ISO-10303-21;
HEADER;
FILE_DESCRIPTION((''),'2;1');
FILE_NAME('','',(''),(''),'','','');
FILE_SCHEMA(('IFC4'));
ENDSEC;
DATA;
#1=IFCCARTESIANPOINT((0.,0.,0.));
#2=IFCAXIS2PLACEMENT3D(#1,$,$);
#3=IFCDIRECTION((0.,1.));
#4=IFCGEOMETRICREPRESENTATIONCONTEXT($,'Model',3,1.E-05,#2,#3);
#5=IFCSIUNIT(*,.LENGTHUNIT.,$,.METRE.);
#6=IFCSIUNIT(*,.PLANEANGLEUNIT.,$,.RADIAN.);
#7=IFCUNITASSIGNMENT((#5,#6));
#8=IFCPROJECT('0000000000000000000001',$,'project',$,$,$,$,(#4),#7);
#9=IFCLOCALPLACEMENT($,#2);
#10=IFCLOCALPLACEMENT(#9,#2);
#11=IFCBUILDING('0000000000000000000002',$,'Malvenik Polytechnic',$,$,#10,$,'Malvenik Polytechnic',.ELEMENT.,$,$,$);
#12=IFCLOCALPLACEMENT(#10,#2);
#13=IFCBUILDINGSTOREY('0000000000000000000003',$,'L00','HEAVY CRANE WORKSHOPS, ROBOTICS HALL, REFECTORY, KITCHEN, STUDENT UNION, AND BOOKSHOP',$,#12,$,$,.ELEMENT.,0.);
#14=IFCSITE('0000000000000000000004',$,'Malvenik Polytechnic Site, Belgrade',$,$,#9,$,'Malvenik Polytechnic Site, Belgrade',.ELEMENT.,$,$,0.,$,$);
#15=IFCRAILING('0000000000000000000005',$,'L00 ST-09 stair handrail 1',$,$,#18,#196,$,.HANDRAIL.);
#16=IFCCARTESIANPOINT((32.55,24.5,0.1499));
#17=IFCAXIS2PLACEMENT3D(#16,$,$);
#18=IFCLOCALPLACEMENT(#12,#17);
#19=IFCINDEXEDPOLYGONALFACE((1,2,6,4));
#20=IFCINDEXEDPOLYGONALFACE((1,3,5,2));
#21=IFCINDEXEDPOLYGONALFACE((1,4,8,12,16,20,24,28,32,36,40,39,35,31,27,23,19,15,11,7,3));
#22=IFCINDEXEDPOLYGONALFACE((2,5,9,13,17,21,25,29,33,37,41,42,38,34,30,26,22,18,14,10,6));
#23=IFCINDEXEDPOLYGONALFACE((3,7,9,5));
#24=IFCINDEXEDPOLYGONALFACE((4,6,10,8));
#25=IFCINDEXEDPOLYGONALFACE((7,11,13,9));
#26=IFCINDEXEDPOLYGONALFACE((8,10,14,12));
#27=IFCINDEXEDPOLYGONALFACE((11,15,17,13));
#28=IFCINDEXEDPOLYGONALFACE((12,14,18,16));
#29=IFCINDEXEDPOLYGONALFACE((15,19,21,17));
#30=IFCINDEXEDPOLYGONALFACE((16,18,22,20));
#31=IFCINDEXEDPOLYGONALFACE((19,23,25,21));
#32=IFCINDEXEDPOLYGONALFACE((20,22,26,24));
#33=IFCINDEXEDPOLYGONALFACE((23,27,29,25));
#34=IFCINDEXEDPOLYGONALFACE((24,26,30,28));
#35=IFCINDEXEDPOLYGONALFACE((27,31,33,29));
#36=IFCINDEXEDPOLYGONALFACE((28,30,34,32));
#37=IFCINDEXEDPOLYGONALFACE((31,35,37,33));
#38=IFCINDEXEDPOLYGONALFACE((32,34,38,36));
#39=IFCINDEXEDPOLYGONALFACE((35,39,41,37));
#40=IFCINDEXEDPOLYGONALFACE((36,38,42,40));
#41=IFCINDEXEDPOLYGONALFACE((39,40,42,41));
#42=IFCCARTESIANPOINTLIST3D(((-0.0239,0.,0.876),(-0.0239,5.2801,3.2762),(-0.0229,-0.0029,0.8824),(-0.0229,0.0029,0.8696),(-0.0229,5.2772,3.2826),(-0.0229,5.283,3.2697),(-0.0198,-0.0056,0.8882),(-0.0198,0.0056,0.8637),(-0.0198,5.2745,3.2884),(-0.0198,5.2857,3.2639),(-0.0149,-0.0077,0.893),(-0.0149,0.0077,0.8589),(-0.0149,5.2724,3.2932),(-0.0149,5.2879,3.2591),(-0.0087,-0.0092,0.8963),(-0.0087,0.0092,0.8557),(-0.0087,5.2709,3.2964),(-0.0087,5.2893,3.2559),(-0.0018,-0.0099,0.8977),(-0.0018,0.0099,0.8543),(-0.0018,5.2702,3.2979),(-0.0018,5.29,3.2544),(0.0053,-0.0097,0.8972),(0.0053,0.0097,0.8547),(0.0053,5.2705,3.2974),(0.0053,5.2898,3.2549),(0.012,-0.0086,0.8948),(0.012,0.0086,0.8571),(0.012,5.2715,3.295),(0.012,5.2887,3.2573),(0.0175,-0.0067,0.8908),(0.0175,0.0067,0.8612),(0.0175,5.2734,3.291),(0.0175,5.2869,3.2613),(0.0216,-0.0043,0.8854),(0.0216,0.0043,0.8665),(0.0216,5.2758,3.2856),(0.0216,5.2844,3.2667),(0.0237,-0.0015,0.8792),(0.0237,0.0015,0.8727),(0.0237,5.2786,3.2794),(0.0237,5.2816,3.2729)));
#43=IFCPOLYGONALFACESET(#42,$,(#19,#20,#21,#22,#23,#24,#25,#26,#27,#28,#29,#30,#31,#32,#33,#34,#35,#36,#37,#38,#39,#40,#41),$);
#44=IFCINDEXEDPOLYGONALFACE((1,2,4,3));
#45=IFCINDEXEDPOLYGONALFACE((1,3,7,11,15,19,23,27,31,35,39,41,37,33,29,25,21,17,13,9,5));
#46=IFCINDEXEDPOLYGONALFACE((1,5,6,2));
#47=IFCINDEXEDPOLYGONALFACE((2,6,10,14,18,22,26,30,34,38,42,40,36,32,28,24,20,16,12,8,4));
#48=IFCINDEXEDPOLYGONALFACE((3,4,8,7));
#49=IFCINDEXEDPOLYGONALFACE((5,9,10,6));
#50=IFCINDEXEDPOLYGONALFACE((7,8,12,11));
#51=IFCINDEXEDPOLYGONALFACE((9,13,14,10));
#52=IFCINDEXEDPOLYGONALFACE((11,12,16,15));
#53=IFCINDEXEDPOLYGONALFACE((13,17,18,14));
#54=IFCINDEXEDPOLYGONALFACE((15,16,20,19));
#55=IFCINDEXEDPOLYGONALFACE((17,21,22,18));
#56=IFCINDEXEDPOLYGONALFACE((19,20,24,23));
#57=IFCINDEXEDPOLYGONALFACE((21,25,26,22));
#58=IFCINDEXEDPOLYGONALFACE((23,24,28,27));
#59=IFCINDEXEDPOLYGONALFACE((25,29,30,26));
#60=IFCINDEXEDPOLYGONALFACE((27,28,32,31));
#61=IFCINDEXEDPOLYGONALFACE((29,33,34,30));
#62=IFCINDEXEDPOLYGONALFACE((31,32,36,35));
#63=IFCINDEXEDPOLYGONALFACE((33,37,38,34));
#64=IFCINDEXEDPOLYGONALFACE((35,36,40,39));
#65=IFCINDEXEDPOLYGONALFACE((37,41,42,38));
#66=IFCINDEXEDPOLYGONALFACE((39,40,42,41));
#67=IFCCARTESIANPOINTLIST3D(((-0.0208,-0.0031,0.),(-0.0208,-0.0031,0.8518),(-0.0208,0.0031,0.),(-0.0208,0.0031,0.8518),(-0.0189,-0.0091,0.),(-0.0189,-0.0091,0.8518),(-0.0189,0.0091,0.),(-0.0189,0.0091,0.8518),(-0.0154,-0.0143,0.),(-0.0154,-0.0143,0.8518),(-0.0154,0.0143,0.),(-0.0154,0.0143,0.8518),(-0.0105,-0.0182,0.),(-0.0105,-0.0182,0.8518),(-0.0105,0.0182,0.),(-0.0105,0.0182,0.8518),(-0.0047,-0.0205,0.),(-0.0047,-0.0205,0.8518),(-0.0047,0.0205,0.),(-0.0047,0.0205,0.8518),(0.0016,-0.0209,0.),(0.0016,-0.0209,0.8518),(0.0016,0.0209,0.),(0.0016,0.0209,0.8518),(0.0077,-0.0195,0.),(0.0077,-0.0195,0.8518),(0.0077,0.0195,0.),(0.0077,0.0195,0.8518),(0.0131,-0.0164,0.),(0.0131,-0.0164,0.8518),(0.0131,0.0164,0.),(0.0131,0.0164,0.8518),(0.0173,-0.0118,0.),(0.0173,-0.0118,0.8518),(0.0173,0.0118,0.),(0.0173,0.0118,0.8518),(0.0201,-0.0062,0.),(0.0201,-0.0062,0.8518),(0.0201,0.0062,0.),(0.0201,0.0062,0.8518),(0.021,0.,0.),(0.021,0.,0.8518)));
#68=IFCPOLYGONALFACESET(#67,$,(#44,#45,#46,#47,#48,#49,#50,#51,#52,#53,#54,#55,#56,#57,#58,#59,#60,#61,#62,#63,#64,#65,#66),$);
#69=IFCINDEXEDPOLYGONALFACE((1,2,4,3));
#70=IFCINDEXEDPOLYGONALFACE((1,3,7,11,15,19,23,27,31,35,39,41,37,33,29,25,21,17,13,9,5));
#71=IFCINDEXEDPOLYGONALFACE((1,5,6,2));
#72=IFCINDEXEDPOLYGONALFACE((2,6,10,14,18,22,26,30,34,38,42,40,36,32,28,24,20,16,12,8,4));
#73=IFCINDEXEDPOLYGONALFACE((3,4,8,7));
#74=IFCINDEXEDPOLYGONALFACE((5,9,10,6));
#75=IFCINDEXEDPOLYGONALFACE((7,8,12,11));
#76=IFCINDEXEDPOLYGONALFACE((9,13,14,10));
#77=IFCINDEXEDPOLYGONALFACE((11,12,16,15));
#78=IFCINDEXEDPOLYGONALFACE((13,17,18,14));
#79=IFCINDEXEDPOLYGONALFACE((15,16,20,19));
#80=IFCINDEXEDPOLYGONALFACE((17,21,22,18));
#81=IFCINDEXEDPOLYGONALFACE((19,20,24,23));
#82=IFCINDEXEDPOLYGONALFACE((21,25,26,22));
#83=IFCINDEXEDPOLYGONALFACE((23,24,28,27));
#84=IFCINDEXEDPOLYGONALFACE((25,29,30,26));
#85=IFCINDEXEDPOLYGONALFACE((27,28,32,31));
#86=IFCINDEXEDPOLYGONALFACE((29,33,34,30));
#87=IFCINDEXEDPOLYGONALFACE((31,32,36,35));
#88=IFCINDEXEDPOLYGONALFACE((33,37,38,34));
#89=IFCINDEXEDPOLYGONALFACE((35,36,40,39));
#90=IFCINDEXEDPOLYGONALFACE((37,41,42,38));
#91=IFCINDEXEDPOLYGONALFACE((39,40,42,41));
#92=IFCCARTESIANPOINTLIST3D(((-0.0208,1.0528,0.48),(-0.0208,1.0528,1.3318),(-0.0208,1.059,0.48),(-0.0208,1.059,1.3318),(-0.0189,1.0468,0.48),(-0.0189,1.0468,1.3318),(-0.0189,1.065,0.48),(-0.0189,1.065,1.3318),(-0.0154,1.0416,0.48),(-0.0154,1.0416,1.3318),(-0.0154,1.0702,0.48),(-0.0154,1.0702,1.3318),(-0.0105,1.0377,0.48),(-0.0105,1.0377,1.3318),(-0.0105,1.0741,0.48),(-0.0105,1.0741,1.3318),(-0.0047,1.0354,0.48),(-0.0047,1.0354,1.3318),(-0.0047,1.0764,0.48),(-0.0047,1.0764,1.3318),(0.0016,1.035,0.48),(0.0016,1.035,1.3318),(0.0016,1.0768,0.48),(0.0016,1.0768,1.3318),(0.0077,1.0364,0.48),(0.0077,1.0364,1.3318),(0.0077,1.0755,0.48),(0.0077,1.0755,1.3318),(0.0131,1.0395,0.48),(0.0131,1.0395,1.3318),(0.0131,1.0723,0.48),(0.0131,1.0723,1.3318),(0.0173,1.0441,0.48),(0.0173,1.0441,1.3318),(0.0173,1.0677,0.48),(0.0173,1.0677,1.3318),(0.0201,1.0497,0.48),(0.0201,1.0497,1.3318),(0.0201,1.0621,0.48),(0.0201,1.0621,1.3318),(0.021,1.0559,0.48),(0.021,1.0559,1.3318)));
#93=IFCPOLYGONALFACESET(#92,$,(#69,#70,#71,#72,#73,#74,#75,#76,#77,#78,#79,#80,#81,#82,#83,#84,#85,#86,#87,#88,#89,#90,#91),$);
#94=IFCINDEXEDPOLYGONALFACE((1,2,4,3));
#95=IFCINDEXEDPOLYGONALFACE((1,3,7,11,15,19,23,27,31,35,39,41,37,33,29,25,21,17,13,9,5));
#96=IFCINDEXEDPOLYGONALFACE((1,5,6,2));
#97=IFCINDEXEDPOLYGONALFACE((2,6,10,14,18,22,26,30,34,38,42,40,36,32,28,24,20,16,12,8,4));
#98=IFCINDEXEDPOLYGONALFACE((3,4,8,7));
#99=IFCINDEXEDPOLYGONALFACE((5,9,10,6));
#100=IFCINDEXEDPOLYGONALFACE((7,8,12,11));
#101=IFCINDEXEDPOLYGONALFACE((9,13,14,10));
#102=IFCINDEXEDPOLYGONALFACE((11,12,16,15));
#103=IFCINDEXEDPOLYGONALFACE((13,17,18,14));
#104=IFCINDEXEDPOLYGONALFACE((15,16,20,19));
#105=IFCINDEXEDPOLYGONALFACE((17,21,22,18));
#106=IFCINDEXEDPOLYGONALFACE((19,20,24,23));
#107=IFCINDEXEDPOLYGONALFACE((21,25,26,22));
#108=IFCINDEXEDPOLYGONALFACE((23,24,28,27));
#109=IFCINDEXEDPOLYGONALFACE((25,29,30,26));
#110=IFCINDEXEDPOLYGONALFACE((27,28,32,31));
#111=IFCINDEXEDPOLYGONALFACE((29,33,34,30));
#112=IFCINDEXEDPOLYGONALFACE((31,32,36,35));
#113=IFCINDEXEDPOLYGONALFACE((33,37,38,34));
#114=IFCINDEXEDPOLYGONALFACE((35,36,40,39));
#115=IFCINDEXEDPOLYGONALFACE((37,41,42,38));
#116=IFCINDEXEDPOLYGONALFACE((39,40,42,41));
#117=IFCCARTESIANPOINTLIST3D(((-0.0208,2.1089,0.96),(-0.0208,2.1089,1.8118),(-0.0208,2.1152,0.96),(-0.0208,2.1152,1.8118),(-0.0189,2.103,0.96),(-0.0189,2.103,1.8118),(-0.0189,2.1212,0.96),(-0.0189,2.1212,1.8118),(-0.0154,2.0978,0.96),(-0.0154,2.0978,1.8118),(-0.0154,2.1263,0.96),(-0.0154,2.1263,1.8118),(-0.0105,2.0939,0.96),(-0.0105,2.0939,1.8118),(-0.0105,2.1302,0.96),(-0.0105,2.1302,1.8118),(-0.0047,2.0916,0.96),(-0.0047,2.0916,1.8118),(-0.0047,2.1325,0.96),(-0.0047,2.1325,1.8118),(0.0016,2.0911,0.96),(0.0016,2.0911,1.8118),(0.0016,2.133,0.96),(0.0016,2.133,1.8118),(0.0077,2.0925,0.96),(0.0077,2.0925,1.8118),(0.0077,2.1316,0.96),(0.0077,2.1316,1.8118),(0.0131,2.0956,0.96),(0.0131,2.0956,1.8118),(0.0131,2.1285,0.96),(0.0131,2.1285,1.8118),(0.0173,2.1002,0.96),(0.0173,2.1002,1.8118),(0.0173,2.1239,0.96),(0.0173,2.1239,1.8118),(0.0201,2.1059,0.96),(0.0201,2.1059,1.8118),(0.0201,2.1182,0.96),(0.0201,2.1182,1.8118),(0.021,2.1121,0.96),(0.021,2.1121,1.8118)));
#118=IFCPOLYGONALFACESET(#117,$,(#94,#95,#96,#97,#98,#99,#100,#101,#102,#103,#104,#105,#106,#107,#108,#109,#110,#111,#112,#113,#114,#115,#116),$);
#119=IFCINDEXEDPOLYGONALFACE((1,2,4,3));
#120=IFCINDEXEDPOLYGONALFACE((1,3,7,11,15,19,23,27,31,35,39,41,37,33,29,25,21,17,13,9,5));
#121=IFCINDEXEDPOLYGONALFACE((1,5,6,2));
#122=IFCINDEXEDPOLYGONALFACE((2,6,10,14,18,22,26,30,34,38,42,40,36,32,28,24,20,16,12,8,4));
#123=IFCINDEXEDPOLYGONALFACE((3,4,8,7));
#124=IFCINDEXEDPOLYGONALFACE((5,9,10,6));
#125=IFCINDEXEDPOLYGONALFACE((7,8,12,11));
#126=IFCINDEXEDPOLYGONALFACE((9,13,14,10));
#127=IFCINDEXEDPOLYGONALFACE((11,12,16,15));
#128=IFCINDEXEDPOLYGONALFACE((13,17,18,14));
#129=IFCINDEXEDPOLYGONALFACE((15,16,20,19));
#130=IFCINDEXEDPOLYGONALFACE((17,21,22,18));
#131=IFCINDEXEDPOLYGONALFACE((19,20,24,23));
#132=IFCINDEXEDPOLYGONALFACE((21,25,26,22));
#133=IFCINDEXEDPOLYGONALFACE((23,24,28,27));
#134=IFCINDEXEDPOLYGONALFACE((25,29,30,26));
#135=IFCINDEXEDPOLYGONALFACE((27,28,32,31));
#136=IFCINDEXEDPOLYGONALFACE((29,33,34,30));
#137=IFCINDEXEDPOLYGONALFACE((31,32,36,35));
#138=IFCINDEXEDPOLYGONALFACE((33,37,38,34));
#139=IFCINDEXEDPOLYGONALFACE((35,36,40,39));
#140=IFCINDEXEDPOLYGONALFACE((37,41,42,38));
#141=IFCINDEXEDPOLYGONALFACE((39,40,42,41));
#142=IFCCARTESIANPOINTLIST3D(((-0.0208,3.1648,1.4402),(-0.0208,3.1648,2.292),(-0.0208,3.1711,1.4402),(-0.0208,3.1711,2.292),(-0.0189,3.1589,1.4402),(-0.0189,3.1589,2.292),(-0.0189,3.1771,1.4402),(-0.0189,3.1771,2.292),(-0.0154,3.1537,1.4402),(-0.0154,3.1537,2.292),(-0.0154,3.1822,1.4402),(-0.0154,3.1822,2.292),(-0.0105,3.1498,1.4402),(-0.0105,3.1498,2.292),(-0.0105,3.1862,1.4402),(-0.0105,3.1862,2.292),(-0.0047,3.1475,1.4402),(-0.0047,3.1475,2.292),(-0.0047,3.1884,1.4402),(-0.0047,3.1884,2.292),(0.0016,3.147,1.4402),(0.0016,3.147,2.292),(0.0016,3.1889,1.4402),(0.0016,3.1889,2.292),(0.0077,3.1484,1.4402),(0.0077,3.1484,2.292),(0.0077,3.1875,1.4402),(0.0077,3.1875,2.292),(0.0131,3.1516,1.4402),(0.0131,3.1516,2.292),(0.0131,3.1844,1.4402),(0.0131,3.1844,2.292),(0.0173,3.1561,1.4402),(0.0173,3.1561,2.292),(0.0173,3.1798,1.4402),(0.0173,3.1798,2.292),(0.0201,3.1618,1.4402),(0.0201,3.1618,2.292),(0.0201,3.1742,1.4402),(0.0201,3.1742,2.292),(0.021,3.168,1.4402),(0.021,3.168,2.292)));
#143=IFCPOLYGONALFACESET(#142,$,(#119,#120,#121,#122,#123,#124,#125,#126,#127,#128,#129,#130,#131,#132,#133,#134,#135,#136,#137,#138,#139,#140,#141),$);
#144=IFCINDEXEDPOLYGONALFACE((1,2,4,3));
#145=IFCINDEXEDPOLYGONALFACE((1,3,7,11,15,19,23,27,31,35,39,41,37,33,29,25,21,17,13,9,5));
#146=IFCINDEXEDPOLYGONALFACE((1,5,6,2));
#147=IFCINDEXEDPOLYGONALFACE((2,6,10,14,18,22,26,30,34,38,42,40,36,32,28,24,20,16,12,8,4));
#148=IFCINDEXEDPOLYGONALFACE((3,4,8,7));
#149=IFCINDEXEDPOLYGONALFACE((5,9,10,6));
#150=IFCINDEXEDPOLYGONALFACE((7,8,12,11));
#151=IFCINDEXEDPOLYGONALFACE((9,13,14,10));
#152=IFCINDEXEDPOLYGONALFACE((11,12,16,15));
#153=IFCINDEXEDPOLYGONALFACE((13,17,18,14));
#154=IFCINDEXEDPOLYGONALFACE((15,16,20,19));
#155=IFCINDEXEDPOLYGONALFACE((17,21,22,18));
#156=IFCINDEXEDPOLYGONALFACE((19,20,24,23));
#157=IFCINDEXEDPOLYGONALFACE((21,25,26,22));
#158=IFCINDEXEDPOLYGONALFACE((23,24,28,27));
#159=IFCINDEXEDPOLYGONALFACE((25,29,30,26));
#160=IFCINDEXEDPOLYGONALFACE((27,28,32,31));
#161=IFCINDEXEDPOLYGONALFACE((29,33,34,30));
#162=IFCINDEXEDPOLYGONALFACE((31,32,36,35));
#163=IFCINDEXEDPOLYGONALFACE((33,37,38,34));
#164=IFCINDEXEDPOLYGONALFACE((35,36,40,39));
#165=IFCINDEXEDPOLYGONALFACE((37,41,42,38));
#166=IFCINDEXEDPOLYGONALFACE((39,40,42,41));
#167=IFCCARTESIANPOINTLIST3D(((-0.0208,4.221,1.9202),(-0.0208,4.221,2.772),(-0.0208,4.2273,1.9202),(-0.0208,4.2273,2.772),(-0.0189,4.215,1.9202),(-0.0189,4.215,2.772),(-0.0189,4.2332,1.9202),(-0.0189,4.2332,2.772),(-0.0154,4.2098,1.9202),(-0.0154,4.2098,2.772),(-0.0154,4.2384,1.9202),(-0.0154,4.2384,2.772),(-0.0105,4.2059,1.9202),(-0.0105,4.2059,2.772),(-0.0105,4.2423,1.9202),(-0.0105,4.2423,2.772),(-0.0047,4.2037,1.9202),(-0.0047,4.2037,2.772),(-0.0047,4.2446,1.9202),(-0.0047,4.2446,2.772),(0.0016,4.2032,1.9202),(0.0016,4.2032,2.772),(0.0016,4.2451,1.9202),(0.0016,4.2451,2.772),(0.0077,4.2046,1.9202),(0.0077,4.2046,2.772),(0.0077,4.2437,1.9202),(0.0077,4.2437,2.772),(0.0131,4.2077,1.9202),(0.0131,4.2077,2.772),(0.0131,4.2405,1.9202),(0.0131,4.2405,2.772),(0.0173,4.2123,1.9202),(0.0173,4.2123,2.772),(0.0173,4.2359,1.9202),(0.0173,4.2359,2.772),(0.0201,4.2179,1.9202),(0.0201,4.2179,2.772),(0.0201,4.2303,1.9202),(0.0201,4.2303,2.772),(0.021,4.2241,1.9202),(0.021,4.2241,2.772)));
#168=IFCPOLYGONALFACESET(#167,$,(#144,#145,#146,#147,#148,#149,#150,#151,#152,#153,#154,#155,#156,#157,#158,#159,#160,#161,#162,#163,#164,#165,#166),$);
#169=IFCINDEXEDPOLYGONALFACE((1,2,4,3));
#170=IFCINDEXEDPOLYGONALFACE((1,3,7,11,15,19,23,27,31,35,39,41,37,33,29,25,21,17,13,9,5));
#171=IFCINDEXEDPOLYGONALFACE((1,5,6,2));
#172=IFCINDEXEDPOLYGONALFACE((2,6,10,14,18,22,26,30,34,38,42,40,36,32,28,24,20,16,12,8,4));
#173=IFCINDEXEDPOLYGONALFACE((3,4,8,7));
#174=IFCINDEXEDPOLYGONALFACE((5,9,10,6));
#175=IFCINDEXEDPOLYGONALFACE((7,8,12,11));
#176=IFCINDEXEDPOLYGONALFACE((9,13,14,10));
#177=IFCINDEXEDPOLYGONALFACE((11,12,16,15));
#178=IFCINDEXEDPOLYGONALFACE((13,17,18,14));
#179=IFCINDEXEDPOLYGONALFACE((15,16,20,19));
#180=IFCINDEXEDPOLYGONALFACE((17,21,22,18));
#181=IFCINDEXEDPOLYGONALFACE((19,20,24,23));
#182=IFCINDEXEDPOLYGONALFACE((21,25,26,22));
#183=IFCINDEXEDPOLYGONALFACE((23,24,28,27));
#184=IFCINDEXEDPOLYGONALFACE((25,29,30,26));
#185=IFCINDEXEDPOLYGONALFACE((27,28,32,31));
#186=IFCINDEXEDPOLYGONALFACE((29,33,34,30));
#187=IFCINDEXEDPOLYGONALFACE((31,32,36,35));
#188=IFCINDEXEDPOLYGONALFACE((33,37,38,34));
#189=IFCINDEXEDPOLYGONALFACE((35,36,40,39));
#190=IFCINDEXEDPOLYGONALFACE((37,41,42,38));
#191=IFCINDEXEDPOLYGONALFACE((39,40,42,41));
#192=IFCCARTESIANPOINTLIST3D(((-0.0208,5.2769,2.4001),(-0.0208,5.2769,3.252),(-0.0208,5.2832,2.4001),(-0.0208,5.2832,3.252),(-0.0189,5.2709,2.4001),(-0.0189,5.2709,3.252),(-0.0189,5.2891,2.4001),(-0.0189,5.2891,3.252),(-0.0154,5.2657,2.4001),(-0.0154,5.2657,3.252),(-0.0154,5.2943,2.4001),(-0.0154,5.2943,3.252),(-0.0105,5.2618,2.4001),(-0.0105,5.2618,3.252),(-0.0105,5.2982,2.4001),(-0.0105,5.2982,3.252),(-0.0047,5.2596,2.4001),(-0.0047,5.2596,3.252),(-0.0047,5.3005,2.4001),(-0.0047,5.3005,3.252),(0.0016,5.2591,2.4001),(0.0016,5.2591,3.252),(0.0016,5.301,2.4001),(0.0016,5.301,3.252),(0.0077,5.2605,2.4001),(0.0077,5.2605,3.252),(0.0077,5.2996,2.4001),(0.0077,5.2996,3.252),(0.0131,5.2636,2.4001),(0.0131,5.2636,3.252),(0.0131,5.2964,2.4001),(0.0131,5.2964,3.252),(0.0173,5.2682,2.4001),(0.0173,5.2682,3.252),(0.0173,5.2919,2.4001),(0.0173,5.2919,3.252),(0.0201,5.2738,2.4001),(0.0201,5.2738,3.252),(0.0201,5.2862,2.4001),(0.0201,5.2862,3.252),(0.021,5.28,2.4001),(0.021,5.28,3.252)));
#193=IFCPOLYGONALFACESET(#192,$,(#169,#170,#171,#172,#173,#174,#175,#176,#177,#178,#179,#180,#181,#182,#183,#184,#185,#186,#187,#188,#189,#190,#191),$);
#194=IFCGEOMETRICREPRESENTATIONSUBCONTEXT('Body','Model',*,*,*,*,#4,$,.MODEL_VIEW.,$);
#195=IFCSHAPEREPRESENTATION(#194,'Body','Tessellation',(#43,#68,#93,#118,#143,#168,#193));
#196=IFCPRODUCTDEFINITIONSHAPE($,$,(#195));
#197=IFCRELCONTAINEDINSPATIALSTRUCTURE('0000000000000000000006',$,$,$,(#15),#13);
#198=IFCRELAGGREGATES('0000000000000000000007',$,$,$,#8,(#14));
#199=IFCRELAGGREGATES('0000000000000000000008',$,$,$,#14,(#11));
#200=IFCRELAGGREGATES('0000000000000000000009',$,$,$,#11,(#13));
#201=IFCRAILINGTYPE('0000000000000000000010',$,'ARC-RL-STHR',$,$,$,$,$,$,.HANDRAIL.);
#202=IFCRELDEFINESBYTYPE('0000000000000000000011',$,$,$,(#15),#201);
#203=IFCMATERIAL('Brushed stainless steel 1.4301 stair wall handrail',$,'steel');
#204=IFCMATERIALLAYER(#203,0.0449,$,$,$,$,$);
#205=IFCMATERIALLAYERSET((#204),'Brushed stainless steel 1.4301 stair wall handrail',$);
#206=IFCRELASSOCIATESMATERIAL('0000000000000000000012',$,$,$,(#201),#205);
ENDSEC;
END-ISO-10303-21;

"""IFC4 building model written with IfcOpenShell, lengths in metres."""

from ifc_helpers import new_model, si_unit, direction, frame, origin, origin_2d, place, context, subcontext, project, spatial, circle, extrude, material, layer, layer_set, type_object, element, save


model = new_model("IFC4")

# Units and contexts
model_context = context("Model", 3, precision=1e-05, world=origin(), true_north=direction((0.0, 1.0)))
body_context = subcontext(model_context, "Body", "Model", "MODEL_VIEW")
ifc_project = project(units=[si_unit("LENGTHUNIT", "METRE"), si_unit("PLANEANGLEUNIT", "RADIAN")], contexts=[model_context])

# Site, building, storey
site_placement = place(None, origin())
site = spatial("IfcSite", under=ifc_project, at=site_placement, Name="Malvenik Polytechnic Site, Belgrade", LongName="Malvenik Polytechnic Site, Belgrade", CompositionType="ELEMENT", RefElevation=0.0)
building_placement = place(site_placement, origin())
building = spatial("IfcBuilding", under=site, at=building_placement, Name="Malvenik Polytechnic", LongName="Malvenik Polytechnic", CompositionType="ELEMENT")
storey_placement = place(building_placement, origin())
storey = spatial("IfcBuildingStorey", under=building, at=storey_placement, Name="L00", Description="HEAVY CRANE WORKSHOPS, ROBOTICS HALL, REFECTORY, KITCHEN, STUDENT UNION, AND BOOKSHOP", CompositionType="ELEMENT", Elevation=0.0)

# Railing
ifc_material_1 = material(Name="Brushed stainless steel 1.4301 stair wall handrail", Category="steel")
ifc_layer_1 = layer(ifc_material_1, 0.0449)
ifc_layer_set_1 = layer_set([ifc_layer_1], Name="Brushed stainless steel 1.4301 stair wall handrail")
railing_type_1 = type_object("IfcRailingType", Name="ARC-RL-STHR", PredefinedType="HANDRAIL", material=ifc_layer_set_1)
railing_1_placement = place(storey_placement, frame((32.55, 24.5, 0.1499)))
element("IfcRailing", 1, at=railing_1_placement, inside=storey, type_object=railing_type_1, Name="L00 ST-09 stair handrail 1", PredefinedType="HANDRAIL", context=body_context, shape_type="SweptSolid", body=[
    extrude(circle(Radius=0.0239, at=origin_2d()), frame((0.0, 0.0, 0.876), z_axis=(0.0, 0.910358, 0.413822), x_axis=(-1.0, 0.0, 0.0)), (0.0, 0.0, 1.0), 5.8),
    extrude(circle(Radius=0.021, at=origin_2d()), origin(), (0.0, 0.0, 1.0), 0.8518),
    extrude(circle(Radius=0.021, at=origin_2d()), frame((0.0, 1.0559, 0.48)), (0.0, 0.0, 1.0), 0.8518),
    extrude(circle(Radius=0.021, at=origin_2d()), frame((0.0, 2.1121, 0.96)), (0.0, 0.0, 1.0), 0.8518),
    extrude(circle(Radius=0.021, at=origin_2d()), frame((0.0, 3.168, 1.4402)), (0.0, 0.0, 1.0), 0.8518),
    extrude(circle(Radius=0.021, at=origin_2d()), frame((0.0, 4.2241, 1.9202)), (0.0, 0.0, 1.0), 0.8518),
    extrude(circle(Radius=0.021, at=origin_2d()), frame((0.0, 5.28, 2.4001)), (0.0, 0.0, 1.0), 0.8518),
])

save(model, "model.ifc")
